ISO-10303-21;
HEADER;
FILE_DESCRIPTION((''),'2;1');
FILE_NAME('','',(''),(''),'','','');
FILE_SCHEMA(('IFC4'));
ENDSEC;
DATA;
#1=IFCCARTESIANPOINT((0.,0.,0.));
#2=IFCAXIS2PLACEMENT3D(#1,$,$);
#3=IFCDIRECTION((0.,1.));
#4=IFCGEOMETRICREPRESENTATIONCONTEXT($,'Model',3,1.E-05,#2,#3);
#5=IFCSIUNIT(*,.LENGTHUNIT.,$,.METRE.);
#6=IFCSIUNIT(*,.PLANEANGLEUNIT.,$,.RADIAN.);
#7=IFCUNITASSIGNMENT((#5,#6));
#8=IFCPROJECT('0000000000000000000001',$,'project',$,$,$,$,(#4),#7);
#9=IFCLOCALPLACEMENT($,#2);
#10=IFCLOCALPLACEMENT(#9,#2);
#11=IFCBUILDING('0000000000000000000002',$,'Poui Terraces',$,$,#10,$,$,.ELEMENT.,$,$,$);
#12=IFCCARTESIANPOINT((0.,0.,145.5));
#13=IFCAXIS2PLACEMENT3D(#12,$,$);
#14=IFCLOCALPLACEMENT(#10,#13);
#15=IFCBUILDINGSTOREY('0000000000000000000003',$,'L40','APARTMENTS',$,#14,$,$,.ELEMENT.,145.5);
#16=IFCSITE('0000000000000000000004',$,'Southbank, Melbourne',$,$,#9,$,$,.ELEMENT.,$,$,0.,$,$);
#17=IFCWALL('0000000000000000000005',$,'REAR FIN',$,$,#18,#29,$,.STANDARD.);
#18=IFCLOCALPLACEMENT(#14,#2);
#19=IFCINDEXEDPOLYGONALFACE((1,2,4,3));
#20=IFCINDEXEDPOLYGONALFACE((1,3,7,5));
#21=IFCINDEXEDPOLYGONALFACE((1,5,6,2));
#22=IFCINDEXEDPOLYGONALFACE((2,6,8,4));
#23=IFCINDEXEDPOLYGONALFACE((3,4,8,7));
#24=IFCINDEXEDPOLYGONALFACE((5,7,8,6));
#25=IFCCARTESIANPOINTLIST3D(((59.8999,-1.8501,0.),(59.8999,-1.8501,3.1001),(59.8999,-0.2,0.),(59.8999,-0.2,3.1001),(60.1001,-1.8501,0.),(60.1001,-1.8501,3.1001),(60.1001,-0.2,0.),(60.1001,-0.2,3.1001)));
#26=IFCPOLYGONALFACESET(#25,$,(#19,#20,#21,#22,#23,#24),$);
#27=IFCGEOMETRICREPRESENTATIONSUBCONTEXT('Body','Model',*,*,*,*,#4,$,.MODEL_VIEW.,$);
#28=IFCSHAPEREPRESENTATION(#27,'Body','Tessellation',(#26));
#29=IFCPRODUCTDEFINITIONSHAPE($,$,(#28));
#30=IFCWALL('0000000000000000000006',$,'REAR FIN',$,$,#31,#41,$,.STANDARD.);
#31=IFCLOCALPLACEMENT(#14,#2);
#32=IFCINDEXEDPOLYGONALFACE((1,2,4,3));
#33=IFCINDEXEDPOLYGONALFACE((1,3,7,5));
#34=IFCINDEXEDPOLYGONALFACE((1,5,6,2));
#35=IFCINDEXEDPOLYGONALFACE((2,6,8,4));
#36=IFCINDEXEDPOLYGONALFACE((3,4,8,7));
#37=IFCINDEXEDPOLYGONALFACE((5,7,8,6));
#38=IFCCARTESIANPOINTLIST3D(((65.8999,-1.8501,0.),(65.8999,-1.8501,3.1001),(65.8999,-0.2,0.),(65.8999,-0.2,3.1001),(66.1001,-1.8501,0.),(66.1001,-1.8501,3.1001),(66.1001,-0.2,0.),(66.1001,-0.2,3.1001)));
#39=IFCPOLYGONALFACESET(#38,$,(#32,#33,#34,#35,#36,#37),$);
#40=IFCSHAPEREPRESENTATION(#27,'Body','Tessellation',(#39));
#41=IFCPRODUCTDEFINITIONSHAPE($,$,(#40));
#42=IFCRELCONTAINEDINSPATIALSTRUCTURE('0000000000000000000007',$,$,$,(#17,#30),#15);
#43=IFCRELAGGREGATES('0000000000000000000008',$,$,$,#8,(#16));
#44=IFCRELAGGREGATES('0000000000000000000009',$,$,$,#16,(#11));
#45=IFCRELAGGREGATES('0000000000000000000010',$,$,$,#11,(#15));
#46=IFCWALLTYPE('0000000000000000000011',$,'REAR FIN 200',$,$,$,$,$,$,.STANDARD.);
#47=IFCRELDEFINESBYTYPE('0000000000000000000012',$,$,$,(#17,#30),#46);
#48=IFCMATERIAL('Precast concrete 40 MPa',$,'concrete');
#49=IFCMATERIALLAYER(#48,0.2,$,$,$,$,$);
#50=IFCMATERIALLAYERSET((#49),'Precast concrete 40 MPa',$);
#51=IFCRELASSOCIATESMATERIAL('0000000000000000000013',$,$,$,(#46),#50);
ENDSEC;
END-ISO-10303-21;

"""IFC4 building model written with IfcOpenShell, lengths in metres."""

from ifc_helpers import new_model, si_unit, direction, frame, origin, place, context, subcontext, project, spatial, polyline, outline, extrude, source, transform, mapped, material, layer, layer_set, type_object, element, save


model = new_model("IFC4")

# Units and contexts
model_context = context("Model", 3, precision=1e-05, world=origin(), true_north=direction((0.0, 1.0)))
body_context = subcontext(model_context, "Body", "Model", "MODEL_VIEW")
ifc_project = project(units=[si_unit("LENGTHUNIT", "METRE"), si_unit("PLANEANGLEUNIT", "RADIAN")], contexts=[model_context])

# Site, building, storey
site_placement = place(None, origin())
site = spatial("IfcSite", under=ifc_project, at=site_placement, Name="Southbank, Melbourne", CompositionType="ELEMENT", RefElevation=0.0)
building_placement = place(site_placement, origin())
building = spatial("IfcBuilding", under=site, at=building_placement, Name="Poui Terraces", CompositionType="ELEMENT")
storey_placement = place(building_placement, frame((0.0, 0.0, 145.5)))
storey = spatial("IfcBuildingStorey", under=building, at=storey_placement, Name="L40", Description="APARTMENTS", CompositionType="ELEMENT", Elevation=145.5)

# Shared definitions
ifc_material_1 = material(Name="Precast concrete 40 MPa", Category="concrete")

# Walls
ifc_layer_1 = layer(ifc_material_1, 0.2)
ifc_layer_set_1 = layer_set([ifc_layer_1], Name="Precast concrete 40 MPa")
wall_type_1 = type_object("IfcWallType", Name="REAR FIN 200", PredefinedType="STANDARD", material=ifc_layer_set_1)
shared_shape_1 = source(origin(), body_context, "Body", "SweptSolid", [
    extrude(outline(polyline([(0.0, 0.0), (0.2002, 0.0), (0.2002, 1.6501), (0.0, 1.6501), (0.0, 0.0)])), origin(), (0.0, 0.0, 1.0), 3.1001),
])
for number, where, name in (
    (1, (59.8999, -1.8501, 0.0), "REAR FIN"),
    (2, (65.8999, -1.8501, 0.0), "REAR FIN"),
):
    element("IfcWall", number, at=place(storey_placement, frame(where)), inside=storey, type_object=wall_type_1, Name=name, PredefinedType="STANDARD", context=body_context, shape_type="MappedRepresentation", body=[
        mapped(shared_shape_1, transform((0.0, 0.0, 0.0))),
    ])

save(model, "model.ifc")
